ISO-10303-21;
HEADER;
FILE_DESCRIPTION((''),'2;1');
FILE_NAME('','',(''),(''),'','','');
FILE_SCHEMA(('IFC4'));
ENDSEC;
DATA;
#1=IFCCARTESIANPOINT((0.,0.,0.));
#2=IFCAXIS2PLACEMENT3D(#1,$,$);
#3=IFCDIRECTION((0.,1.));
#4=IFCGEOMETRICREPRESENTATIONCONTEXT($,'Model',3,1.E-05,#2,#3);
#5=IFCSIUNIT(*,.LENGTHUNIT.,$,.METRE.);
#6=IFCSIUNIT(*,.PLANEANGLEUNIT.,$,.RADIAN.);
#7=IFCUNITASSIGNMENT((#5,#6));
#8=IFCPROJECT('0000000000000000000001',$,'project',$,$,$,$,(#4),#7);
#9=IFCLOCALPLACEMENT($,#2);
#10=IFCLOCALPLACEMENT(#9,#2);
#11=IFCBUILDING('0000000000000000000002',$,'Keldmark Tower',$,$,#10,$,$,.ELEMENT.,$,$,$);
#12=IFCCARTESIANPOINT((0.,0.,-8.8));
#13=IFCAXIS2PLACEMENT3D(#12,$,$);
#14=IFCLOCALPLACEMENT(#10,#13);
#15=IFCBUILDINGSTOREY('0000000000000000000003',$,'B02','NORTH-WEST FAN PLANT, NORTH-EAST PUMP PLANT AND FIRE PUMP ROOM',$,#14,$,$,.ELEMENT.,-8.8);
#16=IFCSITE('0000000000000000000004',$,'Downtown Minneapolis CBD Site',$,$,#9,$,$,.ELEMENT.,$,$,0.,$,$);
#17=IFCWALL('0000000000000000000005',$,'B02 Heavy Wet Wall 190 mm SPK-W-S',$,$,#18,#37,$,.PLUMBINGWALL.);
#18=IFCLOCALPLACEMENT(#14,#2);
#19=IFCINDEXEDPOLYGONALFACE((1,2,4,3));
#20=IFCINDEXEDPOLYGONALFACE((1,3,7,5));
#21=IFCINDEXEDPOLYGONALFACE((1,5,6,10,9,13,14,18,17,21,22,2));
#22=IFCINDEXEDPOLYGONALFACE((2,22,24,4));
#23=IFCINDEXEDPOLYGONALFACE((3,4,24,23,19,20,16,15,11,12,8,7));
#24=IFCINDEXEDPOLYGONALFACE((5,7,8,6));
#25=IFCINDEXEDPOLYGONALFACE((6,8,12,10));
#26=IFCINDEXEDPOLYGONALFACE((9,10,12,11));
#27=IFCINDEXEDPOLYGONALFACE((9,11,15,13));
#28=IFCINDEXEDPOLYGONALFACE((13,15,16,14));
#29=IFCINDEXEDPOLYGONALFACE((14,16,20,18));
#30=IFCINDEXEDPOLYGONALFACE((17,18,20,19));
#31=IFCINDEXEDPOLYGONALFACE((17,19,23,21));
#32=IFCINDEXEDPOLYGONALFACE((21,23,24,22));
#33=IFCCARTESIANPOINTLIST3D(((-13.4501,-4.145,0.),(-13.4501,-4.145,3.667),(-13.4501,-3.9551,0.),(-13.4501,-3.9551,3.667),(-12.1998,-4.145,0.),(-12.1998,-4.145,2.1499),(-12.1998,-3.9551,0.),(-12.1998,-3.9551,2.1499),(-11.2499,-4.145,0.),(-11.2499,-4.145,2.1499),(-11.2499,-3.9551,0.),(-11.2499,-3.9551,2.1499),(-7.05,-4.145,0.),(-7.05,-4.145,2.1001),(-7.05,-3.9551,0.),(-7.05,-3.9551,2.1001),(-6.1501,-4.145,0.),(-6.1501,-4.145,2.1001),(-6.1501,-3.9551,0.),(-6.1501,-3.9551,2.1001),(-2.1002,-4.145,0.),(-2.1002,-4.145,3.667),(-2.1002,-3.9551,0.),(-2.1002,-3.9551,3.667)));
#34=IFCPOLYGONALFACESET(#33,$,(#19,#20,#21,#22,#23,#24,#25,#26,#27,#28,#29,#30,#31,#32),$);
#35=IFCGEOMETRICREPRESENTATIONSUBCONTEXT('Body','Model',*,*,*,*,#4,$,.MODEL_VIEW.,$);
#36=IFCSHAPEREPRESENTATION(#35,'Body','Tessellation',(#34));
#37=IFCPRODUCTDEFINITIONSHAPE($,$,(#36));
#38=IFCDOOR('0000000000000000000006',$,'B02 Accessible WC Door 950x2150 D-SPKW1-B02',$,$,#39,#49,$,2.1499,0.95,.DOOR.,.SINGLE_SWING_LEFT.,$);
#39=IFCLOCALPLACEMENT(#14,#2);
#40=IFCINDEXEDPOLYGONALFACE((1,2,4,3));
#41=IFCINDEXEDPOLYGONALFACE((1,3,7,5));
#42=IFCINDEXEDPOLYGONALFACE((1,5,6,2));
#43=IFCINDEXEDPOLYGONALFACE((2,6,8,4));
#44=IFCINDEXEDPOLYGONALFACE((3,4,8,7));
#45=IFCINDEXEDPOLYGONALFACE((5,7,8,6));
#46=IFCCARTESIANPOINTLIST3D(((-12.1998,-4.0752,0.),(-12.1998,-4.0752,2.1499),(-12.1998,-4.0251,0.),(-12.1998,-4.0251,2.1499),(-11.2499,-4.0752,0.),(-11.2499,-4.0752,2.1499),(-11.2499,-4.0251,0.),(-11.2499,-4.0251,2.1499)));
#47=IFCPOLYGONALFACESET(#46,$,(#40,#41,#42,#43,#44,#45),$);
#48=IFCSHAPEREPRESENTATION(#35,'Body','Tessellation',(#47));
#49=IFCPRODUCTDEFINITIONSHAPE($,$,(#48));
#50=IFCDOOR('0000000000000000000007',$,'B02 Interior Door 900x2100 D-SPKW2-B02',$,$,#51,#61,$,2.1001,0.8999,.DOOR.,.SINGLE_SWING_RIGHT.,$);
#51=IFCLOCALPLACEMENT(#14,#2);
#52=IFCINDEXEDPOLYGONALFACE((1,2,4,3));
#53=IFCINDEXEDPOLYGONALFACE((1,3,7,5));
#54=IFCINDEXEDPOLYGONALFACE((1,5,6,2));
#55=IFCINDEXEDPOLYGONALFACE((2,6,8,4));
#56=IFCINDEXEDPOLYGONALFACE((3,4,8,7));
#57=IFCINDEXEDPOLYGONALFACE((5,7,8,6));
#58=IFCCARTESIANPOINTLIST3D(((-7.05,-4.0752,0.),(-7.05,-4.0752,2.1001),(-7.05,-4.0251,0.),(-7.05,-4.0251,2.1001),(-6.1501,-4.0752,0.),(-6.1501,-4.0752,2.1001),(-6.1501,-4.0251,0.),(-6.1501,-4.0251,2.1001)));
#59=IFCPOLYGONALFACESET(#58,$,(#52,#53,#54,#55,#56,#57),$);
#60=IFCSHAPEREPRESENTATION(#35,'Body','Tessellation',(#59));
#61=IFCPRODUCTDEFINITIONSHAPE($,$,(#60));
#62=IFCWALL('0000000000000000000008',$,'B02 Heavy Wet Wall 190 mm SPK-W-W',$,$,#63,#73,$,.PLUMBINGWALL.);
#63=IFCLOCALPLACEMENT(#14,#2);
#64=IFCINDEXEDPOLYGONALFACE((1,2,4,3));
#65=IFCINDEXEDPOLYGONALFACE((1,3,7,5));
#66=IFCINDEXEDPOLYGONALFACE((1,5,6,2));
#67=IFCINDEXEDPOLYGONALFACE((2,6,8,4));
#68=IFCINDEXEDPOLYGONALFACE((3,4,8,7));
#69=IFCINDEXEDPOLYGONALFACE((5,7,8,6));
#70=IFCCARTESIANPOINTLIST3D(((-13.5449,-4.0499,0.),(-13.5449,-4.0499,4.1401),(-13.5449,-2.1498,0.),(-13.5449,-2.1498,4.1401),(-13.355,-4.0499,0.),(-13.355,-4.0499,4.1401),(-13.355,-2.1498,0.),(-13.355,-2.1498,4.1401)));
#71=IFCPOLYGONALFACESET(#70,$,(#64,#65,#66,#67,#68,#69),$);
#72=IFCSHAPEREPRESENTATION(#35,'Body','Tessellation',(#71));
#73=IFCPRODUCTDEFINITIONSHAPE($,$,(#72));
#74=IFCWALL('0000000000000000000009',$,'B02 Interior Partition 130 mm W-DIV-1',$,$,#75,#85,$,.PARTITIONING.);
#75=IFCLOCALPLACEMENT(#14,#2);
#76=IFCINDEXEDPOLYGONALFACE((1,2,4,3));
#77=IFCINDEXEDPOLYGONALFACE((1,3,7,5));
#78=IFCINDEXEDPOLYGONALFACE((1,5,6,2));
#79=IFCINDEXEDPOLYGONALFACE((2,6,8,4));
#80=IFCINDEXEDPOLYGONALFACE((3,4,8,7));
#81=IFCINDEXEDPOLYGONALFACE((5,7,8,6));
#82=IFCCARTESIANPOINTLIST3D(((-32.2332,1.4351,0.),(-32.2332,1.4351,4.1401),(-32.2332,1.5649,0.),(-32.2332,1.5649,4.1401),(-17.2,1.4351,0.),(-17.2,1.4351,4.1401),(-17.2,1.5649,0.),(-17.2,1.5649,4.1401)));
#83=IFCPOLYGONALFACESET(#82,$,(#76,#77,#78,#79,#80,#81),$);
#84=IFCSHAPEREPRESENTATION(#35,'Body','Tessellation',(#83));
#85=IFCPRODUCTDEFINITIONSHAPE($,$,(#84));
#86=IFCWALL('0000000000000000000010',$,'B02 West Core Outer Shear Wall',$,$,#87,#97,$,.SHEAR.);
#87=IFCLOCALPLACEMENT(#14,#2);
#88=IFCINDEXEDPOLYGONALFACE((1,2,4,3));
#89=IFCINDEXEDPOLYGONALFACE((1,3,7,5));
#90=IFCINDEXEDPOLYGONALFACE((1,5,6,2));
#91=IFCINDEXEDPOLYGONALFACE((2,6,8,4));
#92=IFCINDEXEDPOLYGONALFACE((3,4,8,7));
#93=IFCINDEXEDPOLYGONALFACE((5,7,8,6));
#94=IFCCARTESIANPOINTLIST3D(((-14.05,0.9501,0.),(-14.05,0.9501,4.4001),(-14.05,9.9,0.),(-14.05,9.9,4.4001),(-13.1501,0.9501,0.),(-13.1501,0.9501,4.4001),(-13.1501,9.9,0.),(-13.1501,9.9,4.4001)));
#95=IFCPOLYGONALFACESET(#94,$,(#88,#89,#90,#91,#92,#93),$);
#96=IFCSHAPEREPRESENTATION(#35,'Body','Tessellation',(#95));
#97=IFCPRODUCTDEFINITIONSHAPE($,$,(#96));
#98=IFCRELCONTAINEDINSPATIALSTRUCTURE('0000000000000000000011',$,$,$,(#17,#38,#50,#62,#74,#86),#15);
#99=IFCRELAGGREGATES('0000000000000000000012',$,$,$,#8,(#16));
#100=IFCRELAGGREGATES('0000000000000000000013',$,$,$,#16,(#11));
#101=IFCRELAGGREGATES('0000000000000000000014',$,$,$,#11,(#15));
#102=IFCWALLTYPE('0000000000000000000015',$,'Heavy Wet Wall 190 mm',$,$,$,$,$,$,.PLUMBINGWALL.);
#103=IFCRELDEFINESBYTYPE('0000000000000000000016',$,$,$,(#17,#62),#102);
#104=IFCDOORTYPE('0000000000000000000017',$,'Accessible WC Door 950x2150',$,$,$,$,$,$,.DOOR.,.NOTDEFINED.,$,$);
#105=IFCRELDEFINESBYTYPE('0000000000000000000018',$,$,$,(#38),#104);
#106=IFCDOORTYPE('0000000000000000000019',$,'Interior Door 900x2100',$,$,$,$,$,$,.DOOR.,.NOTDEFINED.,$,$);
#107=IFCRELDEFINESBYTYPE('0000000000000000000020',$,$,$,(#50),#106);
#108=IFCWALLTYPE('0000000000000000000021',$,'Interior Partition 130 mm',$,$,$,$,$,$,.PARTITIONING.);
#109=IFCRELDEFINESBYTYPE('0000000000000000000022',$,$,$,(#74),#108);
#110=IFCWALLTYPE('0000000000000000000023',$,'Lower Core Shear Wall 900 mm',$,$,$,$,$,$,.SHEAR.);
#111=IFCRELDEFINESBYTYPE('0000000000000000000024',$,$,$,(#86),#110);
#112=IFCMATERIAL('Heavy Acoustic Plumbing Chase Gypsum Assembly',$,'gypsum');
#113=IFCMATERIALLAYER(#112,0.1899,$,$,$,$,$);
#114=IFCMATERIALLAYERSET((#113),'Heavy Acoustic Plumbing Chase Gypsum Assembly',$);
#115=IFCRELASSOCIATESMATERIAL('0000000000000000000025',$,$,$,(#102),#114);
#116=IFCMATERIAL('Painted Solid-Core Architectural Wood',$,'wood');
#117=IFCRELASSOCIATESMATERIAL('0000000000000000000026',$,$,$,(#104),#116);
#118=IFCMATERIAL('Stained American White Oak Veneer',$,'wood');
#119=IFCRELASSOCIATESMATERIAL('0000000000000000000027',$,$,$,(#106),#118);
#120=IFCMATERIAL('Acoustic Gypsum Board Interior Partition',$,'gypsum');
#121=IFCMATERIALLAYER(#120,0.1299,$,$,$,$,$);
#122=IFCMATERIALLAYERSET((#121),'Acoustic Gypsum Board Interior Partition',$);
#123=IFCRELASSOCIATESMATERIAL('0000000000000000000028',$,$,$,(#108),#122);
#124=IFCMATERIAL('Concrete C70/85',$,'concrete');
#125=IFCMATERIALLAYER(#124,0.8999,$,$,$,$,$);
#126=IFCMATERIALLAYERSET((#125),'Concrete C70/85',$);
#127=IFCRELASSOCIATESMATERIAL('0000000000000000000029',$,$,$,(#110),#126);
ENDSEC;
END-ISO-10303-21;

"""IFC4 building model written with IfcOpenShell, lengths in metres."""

from ifc_helpers import new_model, si_unit, direction, frame, frame_2d, origin, place, context, subcontext, project, spatial, rectangle, extrude, material, layer, layer_set, type_object, element, fill, save


model = new_model("IFC4")

# Units and contexts
model_context = context("Model", 3, precision=1e-05, world=origin(), true_north=direction((0.0, 1.0)))
body_context = subcontext(model_context, "Body", "Model", "MODEL_VIEW")
ifc_project = project(units=[si_unit("LENGTHUNIT", "METRE"), si_unit("PLANEANGLEUNIT", "RADIAN")], contexts=[model_context])

# Site, building, storey
site_placement = place(None, origin())
site = spatial("IfcSite", under=ifc_project, at=site_placement, Name="Downtown Minneapolis CBD Site", CompositionType="ELEMENT", RefElevation=0.0)
building_placement = place(site_placement, origin())
building = spatial("IfcBuilding", under=site, at=building_placement, Name="Keldmark Tower", CompositionType="ELEMENT")
storey_placement = place(building_placement, frame((0.0, 0.0, -8.8)))
storey = spatial("IfcBuildingStorey", under=building, at=storey_placement, Name="B02", Description="NORTH-WEST FAN PLANT, NORTH-EAST PUMP PLANT AND FIRE PUMP ROOM", CompositionType="ELEMENT", Elevation=-8.8)

# Wall, openings, doors
ifc_material_1 = material(Name="Heavy Acoustic Plumbing Chase Gypsum Assembly", Category="gypsum")
ifc_layer_1 = layer(ifc_material_1, 0.1899)
ifc_layer_set_1 = layer_set([ifc_layer_1], Name="Heavy Acoustic Plumbing Chase Gypsum Assembly")
wall_type_1 = type_object("IfcWallType", Name="Heavy Wet Wall 190 mm", PredefinedType="PLUMBINGWALL", material=ifc_layer_set_1)
wall_1_placement = place(storey_placement, frame((-13.45, -4.05, 0.0), z_axis=(0.0, 0.0, 1.0), x_axis=(1.0, 0.0, 0.0)))
wall_1 = element("IfcWall", 1, at=wall_1_placement, inside=storey, type_object=wall_type_1, Name="B02 Heavy Wet Wall 190 mm SPK-W-S", PredefinedType="PLUMBINGWALL", context=body_context, shape_type="SweptSolid", body=[
    extrude(rectangle(XDim=11.3499, YDim=0.1899, at=frame_2d((5.6748, 0.0))), origin(), (0.0, 0.0, 1.0), 3.667),
])
opening_1_placement = place(wall_1_placement, frame((1.25, 0.0, 0.0)))
opening_1 = element("IfcOpeningElement", 2, at=opening_1_placement, cuts=wall_1, PredefinedType="OPENING", context=body_context, shape_type="SweptSolid", body=[
    extrude(rectangle(XDim=0.95, YDim=2.1499, at=frame_2d((0.4751, 1.075))), frame((0.0, 0.105, 0.0), z_axis=(0.0, -1.0, 0.0), x_axis=(1.0, 0.0, 0.0)), (0.0, 0.0, 1.0), 0.21),
])
opening_2_placement = place(wall_1_placement, frame((6.3999, 0.0, 0.0)))
opening_2 = element("IfcOpeningElement", 3, at=opening_2_placement, cuts=wall_1, PredefinedType="OPENING", context=body_context, shape_type="SweptSolid", body=[
    extrude(rectangle(XDim=0.8999, YDim=2.1001, at=frame_2d((0.45, 1.05))), frame((0.0, 0.105, 0.0), z_axis=(0.0, -1.0, 0.0), x_axis=(1.0, 0.0, 0.0)), (0.0, 0.0, 1.0), 0.21),
])
ifc_material_2 = material(Name="Painted Solid-Core Architectural Wood", Category="wood")
door_type_1 = type_object("IfcDoorType", Name="Accessible WC Door 950x2150", OperationType="NOTDEFINED", PredefinedType="DOOR", material=ifc_material_2)
door_1_placement = place(opening_1_placement, origin())
door_1 = element("IfcDoor", 4, at=door_1_placement, inside=storey, type_object=door_type_1, Name="B02 Accessible WC Door 950x2150 D-SPKW1-B02", OperationType="SINGLE_SWING_LEFT", OverallHeight=2.1499, OverallWidth=0.95, PredefinedType="DOOR", context=body_context, shape_type="SweptSolid", body=[
    extrude(rectangle(XDim=0.95, YDim=2.1499, at=frame_2d((0.4751, 1.075))), frame((0.0, 0.0249, 0.0), z_axis=(0.0, -1.0, 0.0), x_axis=(1.0, 0.0, 0.0)), (0.0, 0.0, 1.0), 0.05),
])
fill(opening_1, door_1)
ifc_material_3 = material(Name="Stained American White Oak Veneer", Category="wood")
door_type_2 = type_object("IfcDoorType", Name="Interior Door 900x2100", OperationType="NOTDEFINED", PredefinedType="DOOR", material=ifc_material_3)
door_2_placement = place(opening_2_placement, origin())
door_2 = element("IfcDoor", 5, at=door_2_placement, inside=storey, type_object=door_type_2, Name="B02 Interior Door 900x2100 D-SPKW2-B02", OperationType="SINGLE_SWING_RIGHT", OverallHeight=2.1001, OverallWidth=0.8999, PredefinedType="DOOR", context=body_context, shape_type="SweptSolid", body=[
    extrude(rectangle(XDim=0.8999, YDim=2.1001, at=frame_2d((0.45, 1.05))), frame((0.0, 0.0249, 0.0), z_axis=(0.0, -1.0, 0.0), x_axis=(1.0, 0.0, 0.0)), (0.0, 0.0, 1.0), 0.05),
])
fill(opening_2, door_2)

# Walls
wall_2_placement = place(storey_placement, frame((-13.45, -4.05, 0.0), z_axis=(0.0, 0.0, 1.0), x_axis=(0.0, 1.0, 0.0)))
element("IfcWall", 6, at=wall_2_placement, inside=storey, type_object=wall_type_1, Name="B02 Heavy Wet Wall 190 mm SPK-W-W", PredefinedType="PLUMBINGWALL", context=body_context, shape_type="SweptSolid", body=[
    extrude(rectangle(XDim=1.9001, YDim=0.1899, at=frame_2d((0.9502, 0.0))), origin(), (0.0, 0.0, 1.0), 4.1401),
])
ifc_material_4 = material(Name="Acoustic Gypsum Board Interior Partition", Category="gypsum")
ifc_layer_2 = layer(ifc_material_4, 0.1299)
ifc_layer_set_2 = layer_set([ifc_layer_2], Name="Acoustic Gypsum Board Interior Partition")
wall_type_2 = type_object("IfcWallType", Name="Interior Partition 130 mm", PredefinedType="PARTITIONING", material=ifc_layer_set_2)
wall_3_placement = place(storey_placement, frame((-32.2332, 1.5, 0.0), z_axis=(0.0, 0.0, 1.0), x_axis=(1.0, 0.0, 0.0)))
element("IfcWall", 7, at=wall_3_placement, inside=storey, type_object=wall_type_2, Name="B02 Interior Partition 130 mm W-DIV-1", PredefinedType="PARTITIONING", context=body_context, shape_type="SweptSolid", body=[
    extrude(rectangle(XDim=15.0332, YDim=0.1299, at=frame_2d((7.5166, 0.0))), origin(), (0.0, 0.0, 1.0), 4.1401),
])
ifc_material_5 = material(Name="Concrete C70/85", Category="concrete")
ifc_layer_3 = layer(ifc_material_5, 0.8999)
ifc_layer_set_3 = layer_set([ifc_layer_3], Name="Concrete C70/85")
wall_type_3 = type_object("IfcWallType", Name="Lower Core Shear Wall 900 mm", PredefinedType="SHEAR", material=ifc_layer_set_3)
wall_4_placement = place(storey_placement, frame((-13.6001, 0.95, 0.0), z_axis=(0.0, 0.0, 1.0), x_axis=(0.0, 1.0, 0.0)))
element("IfcWall", 8, at=wall_4_placement, inside=storey, type_object=wall_type_3, Name="B02 West Core Outer Shear Wall", PredefinedType="SHEAR", context=body_context, shape_type="SweptSolid", body=[
    extrude(rectangle(XDim=8.95, YDim=0.8999, at=frame_2d((4.4751, 0.0))), origin(), (0.0, 0.0, 1.0), 4.4001),
])

save(model, "model.ifc")
